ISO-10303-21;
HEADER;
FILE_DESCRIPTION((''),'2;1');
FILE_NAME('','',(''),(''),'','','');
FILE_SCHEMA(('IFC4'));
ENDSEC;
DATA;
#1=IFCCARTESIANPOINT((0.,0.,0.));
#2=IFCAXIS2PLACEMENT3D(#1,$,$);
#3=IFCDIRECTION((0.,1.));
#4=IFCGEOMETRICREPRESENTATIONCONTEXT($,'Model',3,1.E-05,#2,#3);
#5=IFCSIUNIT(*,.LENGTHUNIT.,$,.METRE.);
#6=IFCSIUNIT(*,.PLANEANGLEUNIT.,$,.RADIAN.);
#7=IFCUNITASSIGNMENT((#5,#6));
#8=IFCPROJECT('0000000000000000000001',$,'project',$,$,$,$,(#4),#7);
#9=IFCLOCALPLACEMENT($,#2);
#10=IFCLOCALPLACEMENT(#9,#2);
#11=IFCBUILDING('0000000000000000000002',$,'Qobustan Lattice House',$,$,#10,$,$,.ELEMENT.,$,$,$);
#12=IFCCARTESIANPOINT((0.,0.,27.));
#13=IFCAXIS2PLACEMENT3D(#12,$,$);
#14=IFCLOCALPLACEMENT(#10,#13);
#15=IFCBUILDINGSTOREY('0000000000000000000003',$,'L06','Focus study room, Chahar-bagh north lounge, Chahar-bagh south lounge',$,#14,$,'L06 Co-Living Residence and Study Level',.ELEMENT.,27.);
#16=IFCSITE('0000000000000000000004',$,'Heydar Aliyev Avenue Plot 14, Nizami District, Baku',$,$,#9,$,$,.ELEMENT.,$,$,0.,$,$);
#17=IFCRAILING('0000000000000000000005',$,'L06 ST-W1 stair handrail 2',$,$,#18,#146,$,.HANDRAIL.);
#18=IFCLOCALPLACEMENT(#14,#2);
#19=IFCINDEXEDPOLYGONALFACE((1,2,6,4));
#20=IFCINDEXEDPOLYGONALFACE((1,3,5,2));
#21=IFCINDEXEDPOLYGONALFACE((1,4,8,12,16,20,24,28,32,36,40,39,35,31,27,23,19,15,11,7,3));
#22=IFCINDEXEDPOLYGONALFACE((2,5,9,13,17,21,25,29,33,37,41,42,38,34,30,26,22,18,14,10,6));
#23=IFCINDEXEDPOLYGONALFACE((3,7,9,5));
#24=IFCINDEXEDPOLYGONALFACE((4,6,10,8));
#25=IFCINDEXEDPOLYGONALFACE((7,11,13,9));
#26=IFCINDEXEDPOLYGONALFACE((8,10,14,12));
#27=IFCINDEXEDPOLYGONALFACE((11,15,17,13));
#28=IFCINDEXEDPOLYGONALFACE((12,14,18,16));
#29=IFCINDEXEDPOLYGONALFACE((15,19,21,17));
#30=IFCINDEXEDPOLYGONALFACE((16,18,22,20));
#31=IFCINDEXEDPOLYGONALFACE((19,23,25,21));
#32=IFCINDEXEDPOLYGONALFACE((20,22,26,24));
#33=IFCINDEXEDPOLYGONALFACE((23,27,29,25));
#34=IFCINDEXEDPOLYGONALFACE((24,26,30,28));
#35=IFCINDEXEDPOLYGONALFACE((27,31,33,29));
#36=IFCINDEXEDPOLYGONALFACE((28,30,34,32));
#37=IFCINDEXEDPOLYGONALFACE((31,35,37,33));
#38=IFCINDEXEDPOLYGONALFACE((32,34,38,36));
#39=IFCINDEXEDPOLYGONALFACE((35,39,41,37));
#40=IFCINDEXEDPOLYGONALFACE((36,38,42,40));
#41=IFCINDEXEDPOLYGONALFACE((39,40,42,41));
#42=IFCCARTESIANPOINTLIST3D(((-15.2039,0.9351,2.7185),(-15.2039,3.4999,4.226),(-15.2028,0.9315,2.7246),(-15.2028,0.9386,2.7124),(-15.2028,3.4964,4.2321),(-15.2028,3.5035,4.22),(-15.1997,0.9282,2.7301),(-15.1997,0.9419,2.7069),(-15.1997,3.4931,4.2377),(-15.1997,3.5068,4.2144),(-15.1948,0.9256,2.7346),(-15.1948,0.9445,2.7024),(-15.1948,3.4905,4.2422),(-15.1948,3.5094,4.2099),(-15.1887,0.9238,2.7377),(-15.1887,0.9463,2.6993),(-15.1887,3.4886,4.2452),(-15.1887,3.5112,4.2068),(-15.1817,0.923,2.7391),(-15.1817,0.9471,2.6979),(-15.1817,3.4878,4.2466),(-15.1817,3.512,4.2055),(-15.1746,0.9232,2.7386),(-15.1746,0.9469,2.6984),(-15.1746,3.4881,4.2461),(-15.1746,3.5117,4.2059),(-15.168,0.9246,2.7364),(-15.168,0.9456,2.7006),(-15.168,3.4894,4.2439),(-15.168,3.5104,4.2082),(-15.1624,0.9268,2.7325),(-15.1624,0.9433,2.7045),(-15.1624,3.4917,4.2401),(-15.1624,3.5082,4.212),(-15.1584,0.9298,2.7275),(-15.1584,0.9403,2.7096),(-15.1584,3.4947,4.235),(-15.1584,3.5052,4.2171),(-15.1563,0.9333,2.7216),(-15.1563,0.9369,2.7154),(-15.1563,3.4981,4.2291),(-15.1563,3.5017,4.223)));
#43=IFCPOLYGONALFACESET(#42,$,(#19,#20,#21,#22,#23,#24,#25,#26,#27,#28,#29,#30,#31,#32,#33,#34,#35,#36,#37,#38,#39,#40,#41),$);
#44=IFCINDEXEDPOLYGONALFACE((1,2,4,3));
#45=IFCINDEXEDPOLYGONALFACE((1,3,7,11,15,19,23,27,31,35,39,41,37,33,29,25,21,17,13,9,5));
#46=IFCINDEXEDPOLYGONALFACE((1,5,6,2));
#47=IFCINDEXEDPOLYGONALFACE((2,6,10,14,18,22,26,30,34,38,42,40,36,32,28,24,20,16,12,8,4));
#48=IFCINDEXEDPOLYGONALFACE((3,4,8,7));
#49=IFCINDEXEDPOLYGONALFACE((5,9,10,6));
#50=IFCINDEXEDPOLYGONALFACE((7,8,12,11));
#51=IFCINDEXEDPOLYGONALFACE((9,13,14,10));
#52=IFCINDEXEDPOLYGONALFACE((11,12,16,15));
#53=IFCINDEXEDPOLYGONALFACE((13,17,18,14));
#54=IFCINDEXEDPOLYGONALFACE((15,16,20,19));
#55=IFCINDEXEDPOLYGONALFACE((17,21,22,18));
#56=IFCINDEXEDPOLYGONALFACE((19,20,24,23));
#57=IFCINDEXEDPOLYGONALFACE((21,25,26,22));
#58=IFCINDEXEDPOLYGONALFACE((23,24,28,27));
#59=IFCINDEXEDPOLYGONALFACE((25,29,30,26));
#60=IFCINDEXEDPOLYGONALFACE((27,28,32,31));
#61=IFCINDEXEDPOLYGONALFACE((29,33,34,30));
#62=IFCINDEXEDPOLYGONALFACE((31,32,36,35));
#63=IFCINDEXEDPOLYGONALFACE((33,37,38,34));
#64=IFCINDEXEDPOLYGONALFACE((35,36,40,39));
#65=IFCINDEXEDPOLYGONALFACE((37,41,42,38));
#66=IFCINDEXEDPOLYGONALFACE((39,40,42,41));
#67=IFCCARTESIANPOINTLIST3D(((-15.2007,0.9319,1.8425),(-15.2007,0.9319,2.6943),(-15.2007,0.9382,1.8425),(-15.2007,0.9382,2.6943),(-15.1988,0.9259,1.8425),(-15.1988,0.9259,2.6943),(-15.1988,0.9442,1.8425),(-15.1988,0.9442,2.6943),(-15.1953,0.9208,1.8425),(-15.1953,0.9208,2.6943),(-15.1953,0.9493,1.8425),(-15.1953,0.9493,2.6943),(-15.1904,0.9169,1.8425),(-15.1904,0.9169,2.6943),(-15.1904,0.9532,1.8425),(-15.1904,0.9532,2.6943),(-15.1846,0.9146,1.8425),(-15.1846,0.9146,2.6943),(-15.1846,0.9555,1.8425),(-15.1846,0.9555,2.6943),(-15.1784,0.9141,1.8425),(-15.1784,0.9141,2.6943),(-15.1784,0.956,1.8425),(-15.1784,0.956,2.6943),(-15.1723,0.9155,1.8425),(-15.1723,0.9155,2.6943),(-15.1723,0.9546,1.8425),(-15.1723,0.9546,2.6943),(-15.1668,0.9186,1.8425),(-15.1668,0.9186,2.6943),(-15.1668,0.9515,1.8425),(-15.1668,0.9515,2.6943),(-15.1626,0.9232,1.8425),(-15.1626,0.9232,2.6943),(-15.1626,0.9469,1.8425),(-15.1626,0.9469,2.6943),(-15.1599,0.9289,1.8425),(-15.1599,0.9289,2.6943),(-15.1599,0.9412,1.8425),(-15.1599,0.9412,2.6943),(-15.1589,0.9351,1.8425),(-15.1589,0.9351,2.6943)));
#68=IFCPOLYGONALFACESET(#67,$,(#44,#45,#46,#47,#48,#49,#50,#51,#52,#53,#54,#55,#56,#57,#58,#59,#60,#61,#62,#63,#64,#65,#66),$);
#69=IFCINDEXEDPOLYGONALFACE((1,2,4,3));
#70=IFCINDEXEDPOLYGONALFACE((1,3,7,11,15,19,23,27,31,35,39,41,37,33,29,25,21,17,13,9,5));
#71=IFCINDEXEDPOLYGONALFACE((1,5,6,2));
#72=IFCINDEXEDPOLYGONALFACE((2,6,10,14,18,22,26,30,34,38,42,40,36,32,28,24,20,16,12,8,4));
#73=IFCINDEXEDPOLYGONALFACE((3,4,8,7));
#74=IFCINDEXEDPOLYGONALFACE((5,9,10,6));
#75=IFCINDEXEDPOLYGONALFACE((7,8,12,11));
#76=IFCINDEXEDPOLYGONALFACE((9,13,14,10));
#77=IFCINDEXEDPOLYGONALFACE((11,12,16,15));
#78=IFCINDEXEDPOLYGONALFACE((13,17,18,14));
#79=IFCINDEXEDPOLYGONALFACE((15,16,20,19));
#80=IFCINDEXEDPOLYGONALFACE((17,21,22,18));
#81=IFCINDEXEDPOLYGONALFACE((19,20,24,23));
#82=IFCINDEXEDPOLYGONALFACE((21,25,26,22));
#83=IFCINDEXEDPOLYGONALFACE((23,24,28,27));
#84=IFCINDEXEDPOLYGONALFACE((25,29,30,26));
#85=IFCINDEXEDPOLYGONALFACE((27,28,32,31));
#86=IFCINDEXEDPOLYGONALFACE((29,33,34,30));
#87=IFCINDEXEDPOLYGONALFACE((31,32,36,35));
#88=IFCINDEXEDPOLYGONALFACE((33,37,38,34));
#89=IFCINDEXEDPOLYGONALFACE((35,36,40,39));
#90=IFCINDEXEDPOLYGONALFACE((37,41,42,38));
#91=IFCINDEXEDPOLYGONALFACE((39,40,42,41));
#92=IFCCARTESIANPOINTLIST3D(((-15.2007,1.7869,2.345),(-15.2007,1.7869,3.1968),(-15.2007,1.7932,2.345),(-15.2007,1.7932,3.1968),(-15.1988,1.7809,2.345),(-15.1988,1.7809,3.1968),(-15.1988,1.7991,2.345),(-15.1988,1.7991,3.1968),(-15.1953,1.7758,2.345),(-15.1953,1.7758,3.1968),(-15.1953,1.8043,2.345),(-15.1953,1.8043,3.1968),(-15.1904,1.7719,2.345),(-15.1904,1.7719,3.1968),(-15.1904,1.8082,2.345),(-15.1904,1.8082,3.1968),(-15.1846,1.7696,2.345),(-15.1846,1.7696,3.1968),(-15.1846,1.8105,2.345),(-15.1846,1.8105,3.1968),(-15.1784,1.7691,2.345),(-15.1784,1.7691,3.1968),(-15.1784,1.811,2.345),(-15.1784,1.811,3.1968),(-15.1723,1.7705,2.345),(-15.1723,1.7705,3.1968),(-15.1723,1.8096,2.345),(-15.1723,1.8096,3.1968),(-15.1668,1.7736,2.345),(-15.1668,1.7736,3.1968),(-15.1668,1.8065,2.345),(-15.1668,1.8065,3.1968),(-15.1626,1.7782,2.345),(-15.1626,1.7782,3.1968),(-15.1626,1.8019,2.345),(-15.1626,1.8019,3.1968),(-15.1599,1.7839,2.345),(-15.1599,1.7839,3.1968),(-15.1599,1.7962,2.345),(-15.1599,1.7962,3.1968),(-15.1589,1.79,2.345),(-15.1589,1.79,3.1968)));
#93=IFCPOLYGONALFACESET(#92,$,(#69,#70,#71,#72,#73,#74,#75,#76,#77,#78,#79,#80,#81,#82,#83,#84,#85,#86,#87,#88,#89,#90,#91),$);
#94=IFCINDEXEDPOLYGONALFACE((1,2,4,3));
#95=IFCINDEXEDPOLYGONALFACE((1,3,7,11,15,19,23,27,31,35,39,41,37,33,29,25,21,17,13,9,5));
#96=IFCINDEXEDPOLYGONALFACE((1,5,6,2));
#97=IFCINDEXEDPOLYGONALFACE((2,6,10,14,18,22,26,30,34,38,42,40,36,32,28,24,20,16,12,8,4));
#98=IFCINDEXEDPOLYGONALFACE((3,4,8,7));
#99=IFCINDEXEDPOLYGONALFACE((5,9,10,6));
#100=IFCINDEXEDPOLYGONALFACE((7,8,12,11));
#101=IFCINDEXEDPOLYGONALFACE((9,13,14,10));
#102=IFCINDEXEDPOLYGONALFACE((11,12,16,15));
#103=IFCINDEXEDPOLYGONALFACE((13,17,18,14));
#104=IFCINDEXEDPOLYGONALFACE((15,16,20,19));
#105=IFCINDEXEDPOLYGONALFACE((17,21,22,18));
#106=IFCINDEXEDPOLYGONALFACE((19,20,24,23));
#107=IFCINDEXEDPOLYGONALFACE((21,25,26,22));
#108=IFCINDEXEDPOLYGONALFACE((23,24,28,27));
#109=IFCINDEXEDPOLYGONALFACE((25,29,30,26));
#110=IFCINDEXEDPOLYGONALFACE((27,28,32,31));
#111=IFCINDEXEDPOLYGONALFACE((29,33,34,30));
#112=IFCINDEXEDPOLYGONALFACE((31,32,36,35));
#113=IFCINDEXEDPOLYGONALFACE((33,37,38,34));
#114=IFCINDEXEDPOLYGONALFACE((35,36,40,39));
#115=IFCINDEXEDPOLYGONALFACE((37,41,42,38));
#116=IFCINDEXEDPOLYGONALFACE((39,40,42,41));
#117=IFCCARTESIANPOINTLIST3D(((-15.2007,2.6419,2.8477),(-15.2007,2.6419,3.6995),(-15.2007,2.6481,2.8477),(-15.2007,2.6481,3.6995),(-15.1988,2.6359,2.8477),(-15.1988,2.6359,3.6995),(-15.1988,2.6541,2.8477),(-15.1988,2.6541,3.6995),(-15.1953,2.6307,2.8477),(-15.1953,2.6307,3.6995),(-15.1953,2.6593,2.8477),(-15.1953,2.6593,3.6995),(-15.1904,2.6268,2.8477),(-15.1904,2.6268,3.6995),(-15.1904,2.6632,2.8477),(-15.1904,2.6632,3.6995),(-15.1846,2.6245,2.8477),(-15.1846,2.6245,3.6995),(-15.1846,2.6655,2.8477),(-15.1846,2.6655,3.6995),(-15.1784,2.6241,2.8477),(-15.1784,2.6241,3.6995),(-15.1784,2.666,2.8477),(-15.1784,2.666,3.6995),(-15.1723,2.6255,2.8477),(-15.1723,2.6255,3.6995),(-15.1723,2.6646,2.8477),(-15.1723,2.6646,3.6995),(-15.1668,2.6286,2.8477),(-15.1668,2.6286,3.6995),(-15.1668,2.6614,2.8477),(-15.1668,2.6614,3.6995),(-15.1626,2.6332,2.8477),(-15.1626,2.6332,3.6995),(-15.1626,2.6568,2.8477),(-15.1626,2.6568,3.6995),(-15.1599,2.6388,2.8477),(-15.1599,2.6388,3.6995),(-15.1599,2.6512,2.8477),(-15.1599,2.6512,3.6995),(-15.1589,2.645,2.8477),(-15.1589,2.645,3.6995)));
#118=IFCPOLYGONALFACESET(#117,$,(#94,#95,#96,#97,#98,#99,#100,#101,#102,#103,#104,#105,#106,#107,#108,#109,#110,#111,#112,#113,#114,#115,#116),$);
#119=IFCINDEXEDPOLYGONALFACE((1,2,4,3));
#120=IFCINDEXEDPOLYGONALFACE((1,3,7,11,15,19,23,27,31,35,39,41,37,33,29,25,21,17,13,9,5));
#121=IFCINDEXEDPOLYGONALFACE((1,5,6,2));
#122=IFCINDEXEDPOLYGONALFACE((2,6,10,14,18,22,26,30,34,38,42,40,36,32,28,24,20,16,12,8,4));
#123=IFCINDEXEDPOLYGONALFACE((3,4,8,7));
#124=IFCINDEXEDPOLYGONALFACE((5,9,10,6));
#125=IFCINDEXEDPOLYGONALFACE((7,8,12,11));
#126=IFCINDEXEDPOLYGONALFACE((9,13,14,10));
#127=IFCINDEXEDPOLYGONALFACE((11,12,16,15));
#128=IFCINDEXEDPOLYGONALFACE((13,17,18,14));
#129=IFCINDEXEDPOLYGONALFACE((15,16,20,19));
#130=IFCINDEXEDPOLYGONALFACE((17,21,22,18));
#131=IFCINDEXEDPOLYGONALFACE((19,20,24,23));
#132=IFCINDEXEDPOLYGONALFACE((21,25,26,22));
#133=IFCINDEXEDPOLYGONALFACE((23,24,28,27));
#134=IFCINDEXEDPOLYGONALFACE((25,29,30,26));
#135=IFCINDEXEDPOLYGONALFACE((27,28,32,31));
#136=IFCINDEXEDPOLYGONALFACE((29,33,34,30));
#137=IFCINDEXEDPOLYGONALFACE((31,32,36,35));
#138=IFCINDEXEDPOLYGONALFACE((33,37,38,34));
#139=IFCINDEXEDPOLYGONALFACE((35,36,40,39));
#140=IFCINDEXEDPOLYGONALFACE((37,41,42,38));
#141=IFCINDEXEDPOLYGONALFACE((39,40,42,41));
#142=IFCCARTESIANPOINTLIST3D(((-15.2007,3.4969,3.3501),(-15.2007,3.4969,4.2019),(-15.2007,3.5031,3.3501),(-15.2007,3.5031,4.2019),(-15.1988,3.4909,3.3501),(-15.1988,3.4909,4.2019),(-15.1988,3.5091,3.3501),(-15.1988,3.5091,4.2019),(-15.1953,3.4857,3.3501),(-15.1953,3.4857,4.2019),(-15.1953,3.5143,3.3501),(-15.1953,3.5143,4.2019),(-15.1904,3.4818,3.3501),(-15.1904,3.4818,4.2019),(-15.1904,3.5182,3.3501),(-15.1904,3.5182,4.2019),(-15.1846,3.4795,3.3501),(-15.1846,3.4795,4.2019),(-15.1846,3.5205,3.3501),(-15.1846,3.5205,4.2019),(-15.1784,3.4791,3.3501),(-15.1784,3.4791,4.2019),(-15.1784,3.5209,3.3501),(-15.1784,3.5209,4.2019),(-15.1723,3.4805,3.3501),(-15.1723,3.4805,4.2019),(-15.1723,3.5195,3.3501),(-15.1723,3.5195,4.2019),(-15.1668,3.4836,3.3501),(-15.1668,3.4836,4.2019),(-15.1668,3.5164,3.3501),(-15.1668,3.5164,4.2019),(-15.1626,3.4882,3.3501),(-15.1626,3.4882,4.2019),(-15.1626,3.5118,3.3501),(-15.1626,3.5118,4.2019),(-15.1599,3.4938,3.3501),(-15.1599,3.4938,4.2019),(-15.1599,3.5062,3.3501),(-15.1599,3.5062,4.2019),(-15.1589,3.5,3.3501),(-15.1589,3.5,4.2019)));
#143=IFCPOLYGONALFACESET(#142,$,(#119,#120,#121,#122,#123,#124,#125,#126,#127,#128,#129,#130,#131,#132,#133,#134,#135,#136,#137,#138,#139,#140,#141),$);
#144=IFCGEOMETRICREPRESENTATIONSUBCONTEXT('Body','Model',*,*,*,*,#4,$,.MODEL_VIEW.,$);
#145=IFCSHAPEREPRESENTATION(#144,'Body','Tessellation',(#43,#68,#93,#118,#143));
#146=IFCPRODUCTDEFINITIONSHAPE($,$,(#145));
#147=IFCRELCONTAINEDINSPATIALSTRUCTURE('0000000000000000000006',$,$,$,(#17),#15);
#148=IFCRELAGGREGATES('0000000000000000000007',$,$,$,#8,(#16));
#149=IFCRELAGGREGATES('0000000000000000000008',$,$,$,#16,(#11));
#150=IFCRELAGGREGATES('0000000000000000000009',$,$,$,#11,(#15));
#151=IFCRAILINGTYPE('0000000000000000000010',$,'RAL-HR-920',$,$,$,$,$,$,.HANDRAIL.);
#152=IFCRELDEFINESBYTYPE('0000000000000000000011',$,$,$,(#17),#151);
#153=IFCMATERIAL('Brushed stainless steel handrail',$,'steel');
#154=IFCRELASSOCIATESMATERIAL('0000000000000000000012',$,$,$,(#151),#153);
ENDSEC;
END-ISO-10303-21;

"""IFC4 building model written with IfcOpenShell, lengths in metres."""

from ifc_helpers import new_model, si_unit, direction, frame, origin, origin_2d, place, context, subcontext, project, spatial, circle, extrude, material, type_object, element, save


model = new_model("IFC4")

# Units and contexts
model_context = context("Model", 3, precision=1e-05, world=origin(), true_north=direction((0.0, 1.0)))
body_context = subcontext(model_context, "Body", "Model", "MODEL_VIEW")
ifc_project = project(units=[si_unit("LENGTHUNIT", "METRE"), si_unit("PLANEANGLEUNIT", "RADIAN")], contexts=[model_context])

# Site, building, storey
site_placement = place(None, origin())
site = spatial("IfcSite", under=ifc_project, at=site_placement, Name="Heydar Aliyev Avenue Plot 14, Nizami District, Baku", CompositionType="ELEMENT", RefElevation=0.0)
building_placement = place(site_placement, origin())
building = spatial("IfcBuilding", under=site, at=building_placement, Name="Qobustan Lattice House", CompositionType="ELEMENT")
storey_placement = place(building_placement, frame((0.0, 0.0, 27.0)))
storey = spatial("IfcBuildingStorey", under=building, at=storey_placement, Name="L06", Description="Focus study room, Chahar-bagh north lounge, Chahar-bagh south lounge", LongName="L06 Co-Living Residence and Study Level", CompositionType="ELEMENT", Elevation=27.0)

# Railing
ifc_material_1 = material(Name="Brushed stainless steel handrail", Category="steel")
railing_type_1 = type_object("IfcRailingType", Name="RAL-HR-920", PredefinedType="HANDRAIL", material=ifc_material_1)
railing_1_placement = place(storey_placement, frame((-15.1799, 0.9351, 1.8425)))
element("IfcRailing", 1, at=railing_1_placement, inside=storey, type_object=railing_type_1, Name="L06 ST-W1 stair handrail 2", PredefinedType="HANDRAIL", context=body_context, shape_type="SweptSolid", body=[
    extrude(circle(Radius=0.0239, at=origin_2d()), frame((0.0, 0.0, 0.876), z_axis=(0.0, 0.862113, 0.506715), x_axis=(-1.0, 0.0, 0.0)), (0.0, 0.0, 1.0), 2.9751),
    extrude(circle(Radius=0.021, at=origin_2d()), origin(), (0.0, 0.0, 1.0), 0.8518),
    extrude(circle(Radius=0.021, at=origin_2d()), frame((0.0, 0.855, 0.5024)), (0.0, 0.0, 1.0), 0.8518),
    extrude(circle(Radius=0.021, at=origin_2d()), frame((0.0, 1.71, 1.0051)), (0.0, 0.0, 1.0), 0.8518),
    extrude(circle(Radius=0.021, at=origin_2d()), frame((0.0, 2.5649, 1.5076)), (0.0, 0.0, 1.0), 0.8518),
])

save(model, "model.ifc")
